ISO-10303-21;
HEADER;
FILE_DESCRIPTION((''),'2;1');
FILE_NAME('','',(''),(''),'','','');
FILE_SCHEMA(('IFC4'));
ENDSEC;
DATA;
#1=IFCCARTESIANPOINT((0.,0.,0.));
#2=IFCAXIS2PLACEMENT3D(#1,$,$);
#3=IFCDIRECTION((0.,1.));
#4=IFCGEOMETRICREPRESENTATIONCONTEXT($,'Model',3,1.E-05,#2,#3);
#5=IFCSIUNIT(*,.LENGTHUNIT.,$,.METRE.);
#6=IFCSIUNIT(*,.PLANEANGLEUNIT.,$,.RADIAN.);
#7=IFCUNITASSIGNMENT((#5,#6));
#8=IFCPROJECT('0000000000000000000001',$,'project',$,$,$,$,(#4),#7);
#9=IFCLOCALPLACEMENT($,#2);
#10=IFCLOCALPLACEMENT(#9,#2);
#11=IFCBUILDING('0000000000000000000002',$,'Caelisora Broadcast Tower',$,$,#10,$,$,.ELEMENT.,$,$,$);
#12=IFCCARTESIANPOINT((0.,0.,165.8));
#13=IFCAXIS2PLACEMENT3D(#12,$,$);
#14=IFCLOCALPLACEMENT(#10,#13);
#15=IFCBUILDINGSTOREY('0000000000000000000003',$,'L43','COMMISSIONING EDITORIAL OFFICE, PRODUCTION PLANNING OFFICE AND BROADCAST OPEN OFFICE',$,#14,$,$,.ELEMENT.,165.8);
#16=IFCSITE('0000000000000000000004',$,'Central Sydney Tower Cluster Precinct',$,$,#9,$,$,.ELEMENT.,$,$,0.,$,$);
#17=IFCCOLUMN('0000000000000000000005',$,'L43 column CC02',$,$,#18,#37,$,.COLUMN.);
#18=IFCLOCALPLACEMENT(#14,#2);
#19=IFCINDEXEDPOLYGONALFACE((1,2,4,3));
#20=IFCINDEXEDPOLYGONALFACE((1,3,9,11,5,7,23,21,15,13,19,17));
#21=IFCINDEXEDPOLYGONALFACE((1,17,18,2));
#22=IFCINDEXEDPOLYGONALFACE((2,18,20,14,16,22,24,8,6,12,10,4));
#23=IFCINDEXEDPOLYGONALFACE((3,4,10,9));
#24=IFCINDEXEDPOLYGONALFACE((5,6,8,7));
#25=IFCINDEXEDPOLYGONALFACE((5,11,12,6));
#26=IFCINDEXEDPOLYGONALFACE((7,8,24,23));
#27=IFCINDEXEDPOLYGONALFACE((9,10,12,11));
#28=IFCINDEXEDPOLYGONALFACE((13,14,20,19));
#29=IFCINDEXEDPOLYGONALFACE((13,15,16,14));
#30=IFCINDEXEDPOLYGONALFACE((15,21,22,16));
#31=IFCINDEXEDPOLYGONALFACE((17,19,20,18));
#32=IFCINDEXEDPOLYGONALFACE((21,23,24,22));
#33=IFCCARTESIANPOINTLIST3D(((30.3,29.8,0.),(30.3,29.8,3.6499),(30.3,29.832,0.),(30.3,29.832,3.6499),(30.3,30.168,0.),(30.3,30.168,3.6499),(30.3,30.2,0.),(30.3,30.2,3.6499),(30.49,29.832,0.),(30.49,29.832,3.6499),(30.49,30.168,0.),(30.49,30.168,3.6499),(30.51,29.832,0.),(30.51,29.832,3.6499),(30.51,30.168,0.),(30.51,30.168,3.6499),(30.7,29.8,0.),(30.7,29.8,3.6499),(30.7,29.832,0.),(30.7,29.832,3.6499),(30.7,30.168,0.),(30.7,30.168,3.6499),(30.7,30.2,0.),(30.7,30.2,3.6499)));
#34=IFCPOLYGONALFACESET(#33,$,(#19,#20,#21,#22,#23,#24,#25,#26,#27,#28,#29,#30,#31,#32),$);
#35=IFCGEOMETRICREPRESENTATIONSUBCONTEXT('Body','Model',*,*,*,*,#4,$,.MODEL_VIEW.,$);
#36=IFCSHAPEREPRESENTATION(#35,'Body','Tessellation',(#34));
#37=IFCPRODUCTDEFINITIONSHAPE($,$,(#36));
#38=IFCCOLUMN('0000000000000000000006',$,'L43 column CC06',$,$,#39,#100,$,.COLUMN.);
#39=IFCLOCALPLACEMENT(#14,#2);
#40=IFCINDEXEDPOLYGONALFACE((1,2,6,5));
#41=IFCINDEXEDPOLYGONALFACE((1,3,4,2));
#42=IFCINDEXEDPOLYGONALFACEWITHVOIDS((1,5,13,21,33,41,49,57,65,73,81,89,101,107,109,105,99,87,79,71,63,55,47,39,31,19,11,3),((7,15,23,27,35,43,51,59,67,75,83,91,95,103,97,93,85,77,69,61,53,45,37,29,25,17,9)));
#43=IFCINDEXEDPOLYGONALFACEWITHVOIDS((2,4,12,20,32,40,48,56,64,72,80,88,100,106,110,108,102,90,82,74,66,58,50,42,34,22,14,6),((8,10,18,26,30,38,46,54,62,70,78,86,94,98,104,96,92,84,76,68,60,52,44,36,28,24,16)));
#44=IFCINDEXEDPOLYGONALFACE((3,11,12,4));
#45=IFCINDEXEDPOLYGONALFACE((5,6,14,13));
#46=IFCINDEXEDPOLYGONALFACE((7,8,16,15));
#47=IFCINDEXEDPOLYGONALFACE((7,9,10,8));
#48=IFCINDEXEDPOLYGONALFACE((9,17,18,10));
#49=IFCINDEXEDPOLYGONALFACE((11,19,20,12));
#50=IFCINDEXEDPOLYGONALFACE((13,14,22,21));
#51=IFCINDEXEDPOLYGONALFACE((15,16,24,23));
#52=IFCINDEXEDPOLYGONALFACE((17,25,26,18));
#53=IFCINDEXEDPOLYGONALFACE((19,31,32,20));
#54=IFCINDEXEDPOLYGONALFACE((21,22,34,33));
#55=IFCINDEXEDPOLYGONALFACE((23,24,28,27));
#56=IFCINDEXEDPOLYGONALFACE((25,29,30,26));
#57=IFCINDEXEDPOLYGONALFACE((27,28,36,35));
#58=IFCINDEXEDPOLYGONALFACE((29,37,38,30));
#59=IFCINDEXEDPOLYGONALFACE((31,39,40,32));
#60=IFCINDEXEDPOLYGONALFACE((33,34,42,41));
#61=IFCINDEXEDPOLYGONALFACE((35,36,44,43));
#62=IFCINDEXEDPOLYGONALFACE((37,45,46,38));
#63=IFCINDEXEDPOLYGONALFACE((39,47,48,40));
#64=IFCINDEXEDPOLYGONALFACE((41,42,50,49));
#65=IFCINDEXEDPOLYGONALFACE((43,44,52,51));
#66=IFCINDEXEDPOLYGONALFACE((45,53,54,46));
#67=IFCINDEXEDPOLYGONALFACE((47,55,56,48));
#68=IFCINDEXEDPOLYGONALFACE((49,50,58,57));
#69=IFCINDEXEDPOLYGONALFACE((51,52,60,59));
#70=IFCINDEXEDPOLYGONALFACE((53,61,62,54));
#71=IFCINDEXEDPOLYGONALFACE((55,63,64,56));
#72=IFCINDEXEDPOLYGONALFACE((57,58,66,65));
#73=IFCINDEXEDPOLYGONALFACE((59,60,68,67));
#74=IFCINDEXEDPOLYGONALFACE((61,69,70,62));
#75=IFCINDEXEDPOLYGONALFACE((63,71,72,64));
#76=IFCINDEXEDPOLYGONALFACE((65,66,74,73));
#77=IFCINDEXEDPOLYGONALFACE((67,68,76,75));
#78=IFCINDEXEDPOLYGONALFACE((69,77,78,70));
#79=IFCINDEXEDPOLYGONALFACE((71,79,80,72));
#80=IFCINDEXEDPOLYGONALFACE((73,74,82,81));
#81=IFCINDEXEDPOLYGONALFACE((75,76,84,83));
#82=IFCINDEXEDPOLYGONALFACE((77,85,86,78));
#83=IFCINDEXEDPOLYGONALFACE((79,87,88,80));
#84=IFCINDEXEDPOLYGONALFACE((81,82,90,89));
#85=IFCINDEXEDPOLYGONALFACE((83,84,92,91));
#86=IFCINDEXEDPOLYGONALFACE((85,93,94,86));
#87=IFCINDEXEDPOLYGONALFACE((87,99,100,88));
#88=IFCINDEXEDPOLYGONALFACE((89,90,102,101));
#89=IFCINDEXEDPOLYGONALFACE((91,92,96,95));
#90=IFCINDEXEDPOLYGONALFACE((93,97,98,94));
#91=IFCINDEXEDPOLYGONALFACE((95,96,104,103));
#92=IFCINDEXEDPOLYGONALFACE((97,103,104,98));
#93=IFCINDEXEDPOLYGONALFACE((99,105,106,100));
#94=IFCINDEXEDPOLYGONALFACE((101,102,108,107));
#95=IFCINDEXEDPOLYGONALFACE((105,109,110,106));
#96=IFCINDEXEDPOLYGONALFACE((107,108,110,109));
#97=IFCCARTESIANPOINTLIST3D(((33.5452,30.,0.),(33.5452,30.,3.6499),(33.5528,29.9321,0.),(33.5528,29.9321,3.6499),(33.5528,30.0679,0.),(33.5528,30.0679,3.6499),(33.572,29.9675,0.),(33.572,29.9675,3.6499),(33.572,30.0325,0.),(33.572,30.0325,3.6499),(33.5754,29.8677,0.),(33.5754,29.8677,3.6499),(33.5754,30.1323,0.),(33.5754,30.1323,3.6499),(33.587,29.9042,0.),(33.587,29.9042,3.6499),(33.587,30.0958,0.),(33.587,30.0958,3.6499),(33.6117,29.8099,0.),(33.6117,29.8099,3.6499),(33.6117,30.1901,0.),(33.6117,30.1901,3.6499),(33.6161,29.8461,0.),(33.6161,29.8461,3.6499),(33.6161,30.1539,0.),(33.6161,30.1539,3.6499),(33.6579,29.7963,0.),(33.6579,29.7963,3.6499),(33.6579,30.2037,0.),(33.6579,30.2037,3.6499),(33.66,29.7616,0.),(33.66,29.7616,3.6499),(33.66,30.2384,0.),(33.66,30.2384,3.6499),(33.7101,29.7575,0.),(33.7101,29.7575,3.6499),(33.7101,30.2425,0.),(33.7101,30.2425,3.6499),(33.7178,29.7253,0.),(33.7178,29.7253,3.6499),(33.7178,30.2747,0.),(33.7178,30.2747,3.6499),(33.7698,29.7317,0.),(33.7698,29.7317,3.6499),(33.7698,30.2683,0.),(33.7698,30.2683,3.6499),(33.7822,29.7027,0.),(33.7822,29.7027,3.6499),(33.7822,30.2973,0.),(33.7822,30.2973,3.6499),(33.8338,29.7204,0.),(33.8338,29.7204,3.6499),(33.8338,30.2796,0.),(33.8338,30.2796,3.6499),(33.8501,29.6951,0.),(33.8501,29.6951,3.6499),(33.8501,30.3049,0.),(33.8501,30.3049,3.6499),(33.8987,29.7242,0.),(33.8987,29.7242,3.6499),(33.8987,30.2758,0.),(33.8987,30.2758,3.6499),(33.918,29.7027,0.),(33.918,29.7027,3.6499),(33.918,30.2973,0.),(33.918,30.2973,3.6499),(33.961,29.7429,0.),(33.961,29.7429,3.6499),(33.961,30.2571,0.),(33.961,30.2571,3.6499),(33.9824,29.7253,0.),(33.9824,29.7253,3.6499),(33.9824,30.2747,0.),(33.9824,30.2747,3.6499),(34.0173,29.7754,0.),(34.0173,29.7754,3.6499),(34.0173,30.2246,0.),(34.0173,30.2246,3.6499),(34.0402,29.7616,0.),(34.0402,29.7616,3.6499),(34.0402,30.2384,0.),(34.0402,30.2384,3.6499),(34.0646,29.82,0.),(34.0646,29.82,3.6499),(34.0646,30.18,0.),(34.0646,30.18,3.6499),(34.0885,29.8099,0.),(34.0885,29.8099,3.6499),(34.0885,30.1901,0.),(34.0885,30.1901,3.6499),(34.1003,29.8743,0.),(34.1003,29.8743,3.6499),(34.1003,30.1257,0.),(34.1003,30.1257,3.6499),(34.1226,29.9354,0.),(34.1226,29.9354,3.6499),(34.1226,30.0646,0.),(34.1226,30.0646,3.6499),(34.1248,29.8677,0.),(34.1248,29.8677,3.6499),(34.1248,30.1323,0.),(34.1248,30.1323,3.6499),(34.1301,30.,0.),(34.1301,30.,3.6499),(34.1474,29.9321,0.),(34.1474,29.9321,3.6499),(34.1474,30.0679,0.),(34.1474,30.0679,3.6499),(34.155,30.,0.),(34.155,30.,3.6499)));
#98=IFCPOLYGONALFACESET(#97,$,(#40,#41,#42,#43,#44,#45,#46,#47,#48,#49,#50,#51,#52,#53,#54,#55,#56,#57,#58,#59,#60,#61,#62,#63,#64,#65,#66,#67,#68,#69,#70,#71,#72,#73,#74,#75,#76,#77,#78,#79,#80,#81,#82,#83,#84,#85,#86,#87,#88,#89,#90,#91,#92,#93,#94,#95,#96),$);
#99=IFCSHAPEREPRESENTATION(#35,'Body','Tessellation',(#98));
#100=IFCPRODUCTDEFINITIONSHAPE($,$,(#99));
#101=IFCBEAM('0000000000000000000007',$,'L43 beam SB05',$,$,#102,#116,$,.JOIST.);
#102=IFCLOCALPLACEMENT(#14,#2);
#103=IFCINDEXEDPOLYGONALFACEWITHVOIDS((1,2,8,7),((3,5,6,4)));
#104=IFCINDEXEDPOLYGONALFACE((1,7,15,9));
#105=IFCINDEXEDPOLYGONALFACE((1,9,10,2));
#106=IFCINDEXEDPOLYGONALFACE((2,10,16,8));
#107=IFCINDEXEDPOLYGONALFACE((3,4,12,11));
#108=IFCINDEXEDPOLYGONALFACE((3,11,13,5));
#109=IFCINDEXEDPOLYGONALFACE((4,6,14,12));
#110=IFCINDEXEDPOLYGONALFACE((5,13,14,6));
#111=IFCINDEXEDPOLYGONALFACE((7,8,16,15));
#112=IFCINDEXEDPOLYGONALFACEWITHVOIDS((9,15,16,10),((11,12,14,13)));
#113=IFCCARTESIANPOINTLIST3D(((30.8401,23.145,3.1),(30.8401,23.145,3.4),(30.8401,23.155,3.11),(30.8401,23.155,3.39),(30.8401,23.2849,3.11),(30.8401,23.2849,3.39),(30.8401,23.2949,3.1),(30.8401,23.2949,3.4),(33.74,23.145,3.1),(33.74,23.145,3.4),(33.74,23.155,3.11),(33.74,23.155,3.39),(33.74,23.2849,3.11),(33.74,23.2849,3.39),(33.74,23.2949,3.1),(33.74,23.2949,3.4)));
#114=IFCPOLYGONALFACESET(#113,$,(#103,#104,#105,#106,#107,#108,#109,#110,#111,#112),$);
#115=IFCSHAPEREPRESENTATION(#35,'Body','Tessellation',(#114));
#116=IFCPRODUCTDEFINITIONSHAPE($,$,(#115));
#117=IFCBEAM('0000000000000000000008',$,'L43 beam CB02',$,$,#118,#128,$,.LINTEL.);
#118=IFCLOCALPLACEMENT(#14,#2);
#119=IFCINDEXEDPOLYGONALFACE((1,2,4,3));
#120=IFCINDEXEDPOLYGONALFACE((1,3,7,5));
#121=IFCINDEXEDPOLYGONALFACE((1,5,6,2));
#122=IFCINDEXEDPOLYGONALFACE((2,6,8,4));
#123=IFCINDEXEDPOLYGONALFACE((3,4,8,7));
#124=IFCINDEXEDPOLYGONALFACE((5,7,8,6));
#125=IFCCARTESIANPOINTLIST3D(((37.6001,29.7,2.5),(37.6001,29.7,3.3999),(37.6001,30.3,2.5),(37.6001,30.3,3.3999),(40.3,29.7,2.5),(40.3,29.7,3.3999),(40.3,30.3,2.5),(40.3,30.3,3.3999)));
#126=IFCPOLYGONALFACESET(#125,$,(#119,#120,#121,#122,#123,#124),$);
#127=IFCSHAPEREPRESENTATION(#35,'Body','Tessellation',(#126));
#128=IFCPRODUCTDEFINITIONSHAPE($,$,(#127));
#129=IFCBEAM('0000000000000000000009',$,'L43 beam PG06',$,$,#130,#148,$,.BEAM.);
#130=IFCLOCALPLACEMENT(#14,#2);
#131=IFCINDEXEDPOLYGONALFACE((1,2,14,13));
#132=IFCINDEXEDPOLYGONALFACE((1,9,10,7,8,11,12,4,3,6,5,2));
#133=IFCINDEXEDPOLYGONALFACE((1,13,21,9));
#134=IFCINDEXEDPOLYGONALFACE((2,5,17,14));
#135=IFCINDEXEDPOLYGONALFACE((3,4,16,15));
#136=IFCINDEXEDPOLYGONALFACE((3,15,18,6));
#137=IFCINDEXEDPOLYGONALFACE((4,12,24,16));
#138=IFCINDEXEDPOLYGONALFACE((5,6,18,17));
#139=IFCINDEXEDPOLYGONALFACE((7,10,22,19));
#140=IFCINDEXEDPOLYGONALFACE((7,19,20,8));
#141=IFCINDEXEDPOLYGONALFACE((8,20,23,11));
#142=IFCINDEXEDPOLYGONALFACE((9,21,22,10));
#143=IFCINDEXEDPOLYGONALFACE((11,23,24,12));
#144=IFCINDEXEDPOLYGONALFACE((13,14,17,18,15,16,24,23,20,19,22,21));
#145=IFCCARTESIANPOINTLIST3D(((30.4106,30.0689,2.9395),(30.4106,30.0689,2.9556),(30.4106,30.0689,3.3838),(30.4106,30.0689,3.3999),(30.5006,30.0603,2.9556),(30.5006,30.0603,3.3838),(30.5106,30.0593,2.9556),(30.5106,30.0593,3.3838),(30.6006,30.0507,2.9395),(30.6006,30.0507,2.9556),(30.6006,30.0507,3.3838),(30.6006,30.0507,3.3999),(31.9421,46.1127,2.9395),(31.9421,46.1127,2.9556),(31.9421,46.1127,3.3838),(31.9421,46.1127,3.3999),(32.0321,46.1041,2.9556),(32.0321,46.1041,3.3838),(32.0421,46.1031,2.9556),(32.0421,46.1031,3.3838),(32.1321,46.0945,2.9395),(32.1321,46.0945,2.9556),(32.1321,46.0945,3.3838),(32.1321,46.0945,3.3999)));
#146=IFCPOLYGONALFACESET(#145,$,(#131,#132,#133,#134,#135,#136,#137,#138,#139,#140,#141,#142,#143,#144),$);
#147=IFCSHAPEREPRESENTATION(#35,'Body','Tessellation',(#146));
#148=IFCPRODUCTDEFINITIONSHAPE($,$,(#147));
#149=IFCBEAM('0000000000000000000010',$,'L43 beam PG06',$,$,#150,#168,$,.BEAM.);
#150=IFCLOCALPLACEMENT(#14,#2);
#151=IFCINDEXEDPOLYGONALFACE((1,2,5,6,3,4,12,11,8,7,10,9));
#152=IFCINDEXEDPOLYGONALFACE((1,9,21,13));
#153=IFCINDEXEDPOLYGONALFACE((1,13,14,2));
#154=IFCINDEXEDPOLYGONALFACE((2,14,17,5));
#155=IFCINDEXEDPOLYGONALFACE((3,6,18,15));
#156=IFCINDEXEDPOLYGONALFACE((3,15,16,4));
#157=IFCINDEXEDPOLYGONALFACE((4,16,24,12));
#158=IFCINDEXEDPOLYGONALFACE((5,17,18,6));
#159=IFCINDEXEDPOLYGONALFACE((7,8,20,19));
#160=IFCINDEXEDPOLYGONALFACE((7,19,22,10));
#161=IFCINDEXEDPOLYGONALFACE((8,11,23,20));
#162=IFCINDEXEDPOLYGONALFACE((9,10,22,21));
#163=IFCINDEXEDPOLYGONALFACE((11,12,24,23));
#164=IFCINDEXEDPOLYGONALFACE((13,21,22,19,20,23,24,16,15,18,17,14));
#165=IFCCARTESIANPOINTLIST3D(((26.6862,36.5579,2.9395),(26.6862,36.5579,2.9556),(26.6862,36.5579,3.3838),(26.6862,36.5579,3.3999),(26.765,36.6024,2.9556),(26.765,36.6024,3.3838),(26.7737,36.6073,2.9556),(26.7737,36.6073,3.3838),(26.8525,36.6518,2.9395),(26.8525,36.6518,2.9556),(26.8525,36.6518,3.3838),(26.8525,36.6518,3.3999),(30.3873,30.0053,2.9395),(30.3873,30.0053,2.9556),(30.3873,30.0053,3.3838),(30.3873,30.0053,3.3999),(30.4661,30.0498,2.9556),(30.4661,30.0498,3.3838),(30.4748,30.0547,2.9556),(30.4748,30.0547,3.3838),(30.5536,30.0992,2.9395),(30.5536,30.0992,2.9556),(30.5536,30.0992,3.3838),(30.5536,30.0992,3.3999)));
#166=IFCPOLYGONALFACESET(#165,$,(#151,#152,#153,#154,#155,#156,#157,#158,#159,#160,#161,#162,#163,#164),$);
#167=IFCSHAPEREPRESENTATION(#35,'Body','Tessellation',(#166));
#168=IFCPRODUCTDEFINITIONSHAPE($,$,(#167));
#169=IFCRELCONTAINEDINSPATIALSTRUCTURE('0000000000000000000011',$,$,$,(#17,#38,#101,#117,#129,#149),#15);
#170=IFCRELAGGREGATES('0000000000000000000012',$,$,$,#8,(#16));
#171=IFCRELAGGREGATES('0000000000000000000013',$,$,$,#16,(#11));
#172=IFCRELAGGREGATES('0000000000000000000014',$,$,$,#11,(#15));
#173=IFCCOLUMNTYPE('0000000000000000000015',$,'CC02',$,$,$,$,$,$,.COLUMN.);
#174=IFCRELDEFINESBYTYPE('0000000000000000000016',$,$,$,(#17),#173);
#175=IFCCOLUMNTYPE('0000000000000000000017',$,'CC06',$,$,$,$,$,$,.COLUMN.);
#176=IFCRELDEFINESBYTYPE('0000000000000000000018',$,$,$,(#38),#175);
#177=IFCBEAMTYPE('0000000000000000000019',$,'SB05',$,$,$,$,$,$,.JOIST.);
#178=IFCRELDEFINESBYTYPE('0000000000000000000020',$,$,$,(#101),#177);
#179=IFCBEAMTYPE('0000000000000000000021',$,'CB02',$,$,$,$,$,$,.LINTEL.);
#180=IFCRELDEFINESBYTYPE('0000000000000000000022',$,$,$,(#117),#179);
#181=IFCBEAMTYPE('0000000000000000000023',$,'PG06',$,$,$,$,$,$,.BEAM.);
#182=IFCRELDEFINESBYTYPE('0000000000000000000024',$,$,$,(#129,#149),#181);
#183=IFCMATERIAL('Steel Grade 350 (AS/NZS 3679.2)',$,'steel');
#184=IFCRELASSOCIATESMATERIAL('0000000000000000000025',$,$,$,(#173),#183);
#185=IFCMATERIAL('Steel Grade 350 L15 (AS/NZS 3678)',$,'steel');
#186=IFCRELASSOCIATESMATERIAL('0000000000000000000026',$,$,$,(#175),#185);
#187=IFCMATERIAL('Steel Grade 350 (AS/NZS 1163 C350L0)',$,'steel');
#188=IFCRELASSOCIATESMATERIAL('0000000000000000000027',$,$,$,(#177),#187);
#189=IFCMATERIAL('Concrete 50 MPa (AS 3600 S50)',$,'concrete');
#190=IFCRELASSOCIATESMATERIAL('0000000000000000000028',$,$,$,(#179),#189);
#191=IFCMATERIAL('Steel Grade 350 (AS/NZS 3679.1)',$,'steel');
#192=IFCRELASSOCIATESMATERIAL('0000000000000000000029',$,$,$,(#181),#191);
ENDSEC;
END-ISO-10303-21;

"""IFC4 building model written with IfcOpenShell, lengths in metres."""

from ifc_helpers import new_model, si_unit, direction, frame, origin, origin_2d, place, context, subcontext, project, spatial, rectangle, hollow_rectangle, hollow_circle, i_section, extrude, source, transform, mapped, material, material_profile, profile_set, type_object, type_shapes, element, save


model = new_model("IFC4")

# Units and contexts
model_context = context("Model", 3, precision=1e-05, world=origin(), true_north=direction((0.0, 1.0)))
body_context = subcontext(model_context, "Body", "Model", "MODEL_VIEW")
ifc_project = project(units=[si_unit("LENGTHUNIT", "METRE"), si_unit("PLANEANGLEUNIT", "RADIAN")], contexts=[model_context])

# Site, building, storey
site_placement = place(None, origin())
site = spatial("IfcSite", under=ifc_project, at=site_placement, Name="Central Sydney Tower Cluster Precinct", CompositionType="ELEMENT", RefElevation=0.0)
building_placement = place(site_placement, origin())
building = spatial("IfcBuilding", under=site, at=building_placement, Name="Caelisora Broadcast Tower", CompositionType="ELEMENT")
storey_placement = place(building_placement, frame((0.0, 0.0, 165.8)))
storey = spatial("IfcBuildingStorey", under=building, at=storey_placement, Name="L43", Description="COMMISSIONING EDITORIAL OFFICE, PRODUCTION PLANNING OFFICE AND BROADCAST OPEN OFFICE", CompositionType="ELEMENT", Elevation=165.8)

# Columns
ifc_material_1 = material(Name="Steel Grade 350 (AS/NZS 3679.2)", Category="steel")
ifc_material_profile_1 = material_profile(ifc_material_1, i_section(OverallWidth=0.3999, OverallDepth=0.3999, WebThickness=0.02, FlangeThickness=0.032, at=origin_2d()), Name="Steel Grade 350 (AS/NZS 3679.2)")
ifc_profile_set_1 = profile_set([ifc_material_profile_1], Name="Steel Grade 350 (AS/NZS 3679.2)")
column_type_1 = type_object("IfcColumnType", Name="CC02", PredefinedType="COLUMN", material=ifc_profile_set_1)
shared_shape_1 = source(origin(), body_context, "Body", "SweptSolid", [
    extrude(i_section(OverallWidth=0.3999, OverallDepth=0.3999, WebThickness=0.02, FlangeThickness=0.032, at=origin_2d()), origin(), (0.0, 0.0, 1.0), 3.6499),
])
type_shapes(column_type_1, [shared_shape_1])
column_1_placement = place(storey_placement, frame((30.5, 30.0, 0.0), z_axis=(0.0, 0.0, 1.0), x_axis=(1.0, 0.0, 0.0)))
element("IfcColumn", 1, at=column_1_placement, inside=storey, type_object=column_type_1, Name="L43 column CC02", PredefinedType="COLUMN", context=body_context, shape_type="MappedRepresentation", body=[
    mapped(shared_shape_1, transform((0.0, 0.0, 0.0), scale=1.0)),
])
ifc_material_2 = material(Name="Steel Grade 350 L15 (AS/NZS 3678)", Category="steel")
ifc_material_profile_2 = material_profile(ifc_material_2, hollow_circle(Radius=0.3049, WallThickness=0.0249, at=origin_2d()), Name="Steel Grade 350 L15 (AS/NZS 3678)")
ifc_profile_set_2 = profile_set([ifc_material_profile_2], Name="Steel Grade 350 L15 (AS/NZS 3678)")
column_type_2 = type_object("IfcColumnType", Name="CC06", PredefinedType="COLUMN", material=ifc_profile_set_2)
shared_shape_2 = source(origin(), body_context, "Body", "SweptSolid", [
    extrude(hollow_circle(Radius=0.3049, WallThickness=0.0249, at=origin_2d()), origin(), (0.0, 0.0, 1.0), 3.6499),
])
type_shapes(column_type_2, [shared_shape_2])
column_2_placement = place(storey_placement, frame((33.8501, 30.0, 0.0), z_axis=(0.0, 0.0, 1.0), x_axis=(1.0, 0.0, 0.0)))
element("IfcColumn", 2, at=column_2_placement, inside=storey, type_object=column_type_2, Name="L43 column CC06", PredefinedType="COLUMN", context=body_context, shape_type="MappedRepresentation", body=[
    mapped(shared_shape_2, transform((0.0, 0.0, 0.0), scale=1.0)),
])

# Beams
ifc_material_3 = material(Name="Steel Grade 350 (AS/NZS 1163 C350L0)", Category="steel")
ifc_material_profile_3 = material_profile(ifc_material_3, hollow_rectangle(XDim=0.1499, YDim=0.3, WallThickness=0.01, at=origin_2d()), Name="Steel Grade 350 (AS/NZS 1163 C350L0)")
ifc_profile_set_3 = profile_set([ifc_material_profile_3], Name="Steel Grade 350 (AS/NZS 1163 C350L0)")
beam_type_1 = type_object("IfcBeamType", Name="SB05", PredefinedType="JOIST", material=ifc_profile_set_3)
shared_shape_3 = source(origin(), body_context, "Body", "SweptSolid", [
    extrude(hollow_rectangle(XDim=0.1499, YDim=0.3, WallThickness=0.01, at=origin_2d()), origin(), (0.0, 0.0, 1.0), 2.8999),
])
type_shapes(beam_type_1, [shared_shape_3])
beam_1_placement = place(storey_placement, frame((30.8401, 23.22, 3.25), z_axis=(1.0, 0.0, 0.0), x_axis=(0.0, 1.0, 0.0)))
element("IfcBeam", 3, at=beam_1_placement, inside=storey, type_object=beam_type_1, Name="L43 beam SB05", PredefinedType="JOIST", context=body_context, shape_type="MappedRepresentation", body=[
    mapped(shared_shape_3, transform((0.0, 0.0, 0.0), scale=1.0)),
])
ifc_material_4 = material(Name="Concrete 50 MPa (AS 3600 S50)", Category="concrete")
ifc_material_profile_4 = material_profile(ifc_material_4, rectangle(XDim=0.6001, YDim=0.8999, at=origin_2d()), Name="Concrete 50 MPa (AS 3600 S50)")
ifc_profile_set_4 = profile_set([ifc_material_profile_4], Name="Concrete 50 MPa (AS 3600 S50)")
beam_type_2 = type_object("IfcBeamType", Name="CB02", PredefinedType="LINTEL", material=ifc_profile_set_4)
shared_shape_4 = source(origin(), body_context, "Body", "SweptSolid", [
    extrude(rectangle(XDim=0.6001, YDim=0.8999, at=origin_2d()), origin(), (0.0, 0.0, 1.0), 2.7),
])
type_shapes(beam_type_2, [shared_shape_4])
beam_2_placement = place(storey_placement, frame((37.6001, 30.0, 2.95), z_axis=(1.0, 0.0, 0.0), x_axis=(0.0, 1.0, 0.0)))
element("IfcBeam", 4, at=beam_2_placement, inside=storey, type_object=beam_type_2, Name="L43 beam CB02", PredefinedType="LINTEL", context=body_context, shape_type="MappedRepresentation", body=[
    mapped(shared_shape_4, transform((0.0, 0.0, 0.0), scale=1.0)),
])
ifc_material_5 = material(Name="Steel Grade 350 (AS/NZS 3679.1)", Category="steel")
ifc_material_profile_5 = material_profile(ifc_material_5, i_section(OverallWidth=0.1909, OverallDepth=0.4604, WebThickness=0.01, FlangeThickness=0.0161, at=origin_2d()), Name="Steel Grade 350 (AS/NZS 3679.1)")
ifc_profile_set_5 = profile_set([ifc_material_profile_5], Name="Steel Grade 350 (AS/NZS 3679.1)")
beam_type_3 = type_object("IfcBeamType", Name="PG06", PredefinedType="BEAM", material=ifc_profile_set_5)
shared_shape_5 = source(origin(), body_context, "Body", "SweptSolid", [
    extrude(i_section(OverallWidth=0.1909, OverallDepth=0.4604, WebThickness=0.01, FlangeThickness=0.0161, at=origin_2d()), origin(), (0.0, 0.0, 1.0), 16.1167),
])
beam_3_placement = place(storey_placement, frame((30.5056, 30.0598, 3.1697), z_axis=(0.095026, 0.995475, 0.0), x_axis=(-0.995475, 0.095026, 0.0)))
element("IfcBeam", 5, at=beam_3_placement, inside=storey, type_object=beam_type_3, Name="L43 beam PG06", PredefinedType="BEAM", context=body_context, shape_type="MappedRepresentation", body=[
    mapped(shared_shape_5, transform((0.0, 0.0, 0.0), scale=1.0)),
])
shared_shape_6 = source(origin(), body_context, "Body", "SweptSolid", [
    extrude(i_section(OverallWidth=0.1909, OverallDepth=0.4604, WebThickness=0.01, FlangeThickness=0.0161, at=origin_2d()), origin(), (0.0, 0.0, 1.0), 7.5256),
])
beam_4_placement = place(storey_placement, frame((30.4705, 30.0522, 3.1697), z_axis=(-0.491801, 0.870708, 0.0), x_axis=(-0.870708, -0.491801, 0.0)))
element("IfcBeam", 6, at=beam_4_placement, inside=storey, type_object=beam_type_3, Name="L43 beam PG06", PredefinedType="BEAM", context=body_context, shape_type="MappedRepresentation", body=[
    mapped(shared_shape_6, transform((0.0, 0.0, 0.0), scale=1.0)),
])

save(model, "model.ifc")
